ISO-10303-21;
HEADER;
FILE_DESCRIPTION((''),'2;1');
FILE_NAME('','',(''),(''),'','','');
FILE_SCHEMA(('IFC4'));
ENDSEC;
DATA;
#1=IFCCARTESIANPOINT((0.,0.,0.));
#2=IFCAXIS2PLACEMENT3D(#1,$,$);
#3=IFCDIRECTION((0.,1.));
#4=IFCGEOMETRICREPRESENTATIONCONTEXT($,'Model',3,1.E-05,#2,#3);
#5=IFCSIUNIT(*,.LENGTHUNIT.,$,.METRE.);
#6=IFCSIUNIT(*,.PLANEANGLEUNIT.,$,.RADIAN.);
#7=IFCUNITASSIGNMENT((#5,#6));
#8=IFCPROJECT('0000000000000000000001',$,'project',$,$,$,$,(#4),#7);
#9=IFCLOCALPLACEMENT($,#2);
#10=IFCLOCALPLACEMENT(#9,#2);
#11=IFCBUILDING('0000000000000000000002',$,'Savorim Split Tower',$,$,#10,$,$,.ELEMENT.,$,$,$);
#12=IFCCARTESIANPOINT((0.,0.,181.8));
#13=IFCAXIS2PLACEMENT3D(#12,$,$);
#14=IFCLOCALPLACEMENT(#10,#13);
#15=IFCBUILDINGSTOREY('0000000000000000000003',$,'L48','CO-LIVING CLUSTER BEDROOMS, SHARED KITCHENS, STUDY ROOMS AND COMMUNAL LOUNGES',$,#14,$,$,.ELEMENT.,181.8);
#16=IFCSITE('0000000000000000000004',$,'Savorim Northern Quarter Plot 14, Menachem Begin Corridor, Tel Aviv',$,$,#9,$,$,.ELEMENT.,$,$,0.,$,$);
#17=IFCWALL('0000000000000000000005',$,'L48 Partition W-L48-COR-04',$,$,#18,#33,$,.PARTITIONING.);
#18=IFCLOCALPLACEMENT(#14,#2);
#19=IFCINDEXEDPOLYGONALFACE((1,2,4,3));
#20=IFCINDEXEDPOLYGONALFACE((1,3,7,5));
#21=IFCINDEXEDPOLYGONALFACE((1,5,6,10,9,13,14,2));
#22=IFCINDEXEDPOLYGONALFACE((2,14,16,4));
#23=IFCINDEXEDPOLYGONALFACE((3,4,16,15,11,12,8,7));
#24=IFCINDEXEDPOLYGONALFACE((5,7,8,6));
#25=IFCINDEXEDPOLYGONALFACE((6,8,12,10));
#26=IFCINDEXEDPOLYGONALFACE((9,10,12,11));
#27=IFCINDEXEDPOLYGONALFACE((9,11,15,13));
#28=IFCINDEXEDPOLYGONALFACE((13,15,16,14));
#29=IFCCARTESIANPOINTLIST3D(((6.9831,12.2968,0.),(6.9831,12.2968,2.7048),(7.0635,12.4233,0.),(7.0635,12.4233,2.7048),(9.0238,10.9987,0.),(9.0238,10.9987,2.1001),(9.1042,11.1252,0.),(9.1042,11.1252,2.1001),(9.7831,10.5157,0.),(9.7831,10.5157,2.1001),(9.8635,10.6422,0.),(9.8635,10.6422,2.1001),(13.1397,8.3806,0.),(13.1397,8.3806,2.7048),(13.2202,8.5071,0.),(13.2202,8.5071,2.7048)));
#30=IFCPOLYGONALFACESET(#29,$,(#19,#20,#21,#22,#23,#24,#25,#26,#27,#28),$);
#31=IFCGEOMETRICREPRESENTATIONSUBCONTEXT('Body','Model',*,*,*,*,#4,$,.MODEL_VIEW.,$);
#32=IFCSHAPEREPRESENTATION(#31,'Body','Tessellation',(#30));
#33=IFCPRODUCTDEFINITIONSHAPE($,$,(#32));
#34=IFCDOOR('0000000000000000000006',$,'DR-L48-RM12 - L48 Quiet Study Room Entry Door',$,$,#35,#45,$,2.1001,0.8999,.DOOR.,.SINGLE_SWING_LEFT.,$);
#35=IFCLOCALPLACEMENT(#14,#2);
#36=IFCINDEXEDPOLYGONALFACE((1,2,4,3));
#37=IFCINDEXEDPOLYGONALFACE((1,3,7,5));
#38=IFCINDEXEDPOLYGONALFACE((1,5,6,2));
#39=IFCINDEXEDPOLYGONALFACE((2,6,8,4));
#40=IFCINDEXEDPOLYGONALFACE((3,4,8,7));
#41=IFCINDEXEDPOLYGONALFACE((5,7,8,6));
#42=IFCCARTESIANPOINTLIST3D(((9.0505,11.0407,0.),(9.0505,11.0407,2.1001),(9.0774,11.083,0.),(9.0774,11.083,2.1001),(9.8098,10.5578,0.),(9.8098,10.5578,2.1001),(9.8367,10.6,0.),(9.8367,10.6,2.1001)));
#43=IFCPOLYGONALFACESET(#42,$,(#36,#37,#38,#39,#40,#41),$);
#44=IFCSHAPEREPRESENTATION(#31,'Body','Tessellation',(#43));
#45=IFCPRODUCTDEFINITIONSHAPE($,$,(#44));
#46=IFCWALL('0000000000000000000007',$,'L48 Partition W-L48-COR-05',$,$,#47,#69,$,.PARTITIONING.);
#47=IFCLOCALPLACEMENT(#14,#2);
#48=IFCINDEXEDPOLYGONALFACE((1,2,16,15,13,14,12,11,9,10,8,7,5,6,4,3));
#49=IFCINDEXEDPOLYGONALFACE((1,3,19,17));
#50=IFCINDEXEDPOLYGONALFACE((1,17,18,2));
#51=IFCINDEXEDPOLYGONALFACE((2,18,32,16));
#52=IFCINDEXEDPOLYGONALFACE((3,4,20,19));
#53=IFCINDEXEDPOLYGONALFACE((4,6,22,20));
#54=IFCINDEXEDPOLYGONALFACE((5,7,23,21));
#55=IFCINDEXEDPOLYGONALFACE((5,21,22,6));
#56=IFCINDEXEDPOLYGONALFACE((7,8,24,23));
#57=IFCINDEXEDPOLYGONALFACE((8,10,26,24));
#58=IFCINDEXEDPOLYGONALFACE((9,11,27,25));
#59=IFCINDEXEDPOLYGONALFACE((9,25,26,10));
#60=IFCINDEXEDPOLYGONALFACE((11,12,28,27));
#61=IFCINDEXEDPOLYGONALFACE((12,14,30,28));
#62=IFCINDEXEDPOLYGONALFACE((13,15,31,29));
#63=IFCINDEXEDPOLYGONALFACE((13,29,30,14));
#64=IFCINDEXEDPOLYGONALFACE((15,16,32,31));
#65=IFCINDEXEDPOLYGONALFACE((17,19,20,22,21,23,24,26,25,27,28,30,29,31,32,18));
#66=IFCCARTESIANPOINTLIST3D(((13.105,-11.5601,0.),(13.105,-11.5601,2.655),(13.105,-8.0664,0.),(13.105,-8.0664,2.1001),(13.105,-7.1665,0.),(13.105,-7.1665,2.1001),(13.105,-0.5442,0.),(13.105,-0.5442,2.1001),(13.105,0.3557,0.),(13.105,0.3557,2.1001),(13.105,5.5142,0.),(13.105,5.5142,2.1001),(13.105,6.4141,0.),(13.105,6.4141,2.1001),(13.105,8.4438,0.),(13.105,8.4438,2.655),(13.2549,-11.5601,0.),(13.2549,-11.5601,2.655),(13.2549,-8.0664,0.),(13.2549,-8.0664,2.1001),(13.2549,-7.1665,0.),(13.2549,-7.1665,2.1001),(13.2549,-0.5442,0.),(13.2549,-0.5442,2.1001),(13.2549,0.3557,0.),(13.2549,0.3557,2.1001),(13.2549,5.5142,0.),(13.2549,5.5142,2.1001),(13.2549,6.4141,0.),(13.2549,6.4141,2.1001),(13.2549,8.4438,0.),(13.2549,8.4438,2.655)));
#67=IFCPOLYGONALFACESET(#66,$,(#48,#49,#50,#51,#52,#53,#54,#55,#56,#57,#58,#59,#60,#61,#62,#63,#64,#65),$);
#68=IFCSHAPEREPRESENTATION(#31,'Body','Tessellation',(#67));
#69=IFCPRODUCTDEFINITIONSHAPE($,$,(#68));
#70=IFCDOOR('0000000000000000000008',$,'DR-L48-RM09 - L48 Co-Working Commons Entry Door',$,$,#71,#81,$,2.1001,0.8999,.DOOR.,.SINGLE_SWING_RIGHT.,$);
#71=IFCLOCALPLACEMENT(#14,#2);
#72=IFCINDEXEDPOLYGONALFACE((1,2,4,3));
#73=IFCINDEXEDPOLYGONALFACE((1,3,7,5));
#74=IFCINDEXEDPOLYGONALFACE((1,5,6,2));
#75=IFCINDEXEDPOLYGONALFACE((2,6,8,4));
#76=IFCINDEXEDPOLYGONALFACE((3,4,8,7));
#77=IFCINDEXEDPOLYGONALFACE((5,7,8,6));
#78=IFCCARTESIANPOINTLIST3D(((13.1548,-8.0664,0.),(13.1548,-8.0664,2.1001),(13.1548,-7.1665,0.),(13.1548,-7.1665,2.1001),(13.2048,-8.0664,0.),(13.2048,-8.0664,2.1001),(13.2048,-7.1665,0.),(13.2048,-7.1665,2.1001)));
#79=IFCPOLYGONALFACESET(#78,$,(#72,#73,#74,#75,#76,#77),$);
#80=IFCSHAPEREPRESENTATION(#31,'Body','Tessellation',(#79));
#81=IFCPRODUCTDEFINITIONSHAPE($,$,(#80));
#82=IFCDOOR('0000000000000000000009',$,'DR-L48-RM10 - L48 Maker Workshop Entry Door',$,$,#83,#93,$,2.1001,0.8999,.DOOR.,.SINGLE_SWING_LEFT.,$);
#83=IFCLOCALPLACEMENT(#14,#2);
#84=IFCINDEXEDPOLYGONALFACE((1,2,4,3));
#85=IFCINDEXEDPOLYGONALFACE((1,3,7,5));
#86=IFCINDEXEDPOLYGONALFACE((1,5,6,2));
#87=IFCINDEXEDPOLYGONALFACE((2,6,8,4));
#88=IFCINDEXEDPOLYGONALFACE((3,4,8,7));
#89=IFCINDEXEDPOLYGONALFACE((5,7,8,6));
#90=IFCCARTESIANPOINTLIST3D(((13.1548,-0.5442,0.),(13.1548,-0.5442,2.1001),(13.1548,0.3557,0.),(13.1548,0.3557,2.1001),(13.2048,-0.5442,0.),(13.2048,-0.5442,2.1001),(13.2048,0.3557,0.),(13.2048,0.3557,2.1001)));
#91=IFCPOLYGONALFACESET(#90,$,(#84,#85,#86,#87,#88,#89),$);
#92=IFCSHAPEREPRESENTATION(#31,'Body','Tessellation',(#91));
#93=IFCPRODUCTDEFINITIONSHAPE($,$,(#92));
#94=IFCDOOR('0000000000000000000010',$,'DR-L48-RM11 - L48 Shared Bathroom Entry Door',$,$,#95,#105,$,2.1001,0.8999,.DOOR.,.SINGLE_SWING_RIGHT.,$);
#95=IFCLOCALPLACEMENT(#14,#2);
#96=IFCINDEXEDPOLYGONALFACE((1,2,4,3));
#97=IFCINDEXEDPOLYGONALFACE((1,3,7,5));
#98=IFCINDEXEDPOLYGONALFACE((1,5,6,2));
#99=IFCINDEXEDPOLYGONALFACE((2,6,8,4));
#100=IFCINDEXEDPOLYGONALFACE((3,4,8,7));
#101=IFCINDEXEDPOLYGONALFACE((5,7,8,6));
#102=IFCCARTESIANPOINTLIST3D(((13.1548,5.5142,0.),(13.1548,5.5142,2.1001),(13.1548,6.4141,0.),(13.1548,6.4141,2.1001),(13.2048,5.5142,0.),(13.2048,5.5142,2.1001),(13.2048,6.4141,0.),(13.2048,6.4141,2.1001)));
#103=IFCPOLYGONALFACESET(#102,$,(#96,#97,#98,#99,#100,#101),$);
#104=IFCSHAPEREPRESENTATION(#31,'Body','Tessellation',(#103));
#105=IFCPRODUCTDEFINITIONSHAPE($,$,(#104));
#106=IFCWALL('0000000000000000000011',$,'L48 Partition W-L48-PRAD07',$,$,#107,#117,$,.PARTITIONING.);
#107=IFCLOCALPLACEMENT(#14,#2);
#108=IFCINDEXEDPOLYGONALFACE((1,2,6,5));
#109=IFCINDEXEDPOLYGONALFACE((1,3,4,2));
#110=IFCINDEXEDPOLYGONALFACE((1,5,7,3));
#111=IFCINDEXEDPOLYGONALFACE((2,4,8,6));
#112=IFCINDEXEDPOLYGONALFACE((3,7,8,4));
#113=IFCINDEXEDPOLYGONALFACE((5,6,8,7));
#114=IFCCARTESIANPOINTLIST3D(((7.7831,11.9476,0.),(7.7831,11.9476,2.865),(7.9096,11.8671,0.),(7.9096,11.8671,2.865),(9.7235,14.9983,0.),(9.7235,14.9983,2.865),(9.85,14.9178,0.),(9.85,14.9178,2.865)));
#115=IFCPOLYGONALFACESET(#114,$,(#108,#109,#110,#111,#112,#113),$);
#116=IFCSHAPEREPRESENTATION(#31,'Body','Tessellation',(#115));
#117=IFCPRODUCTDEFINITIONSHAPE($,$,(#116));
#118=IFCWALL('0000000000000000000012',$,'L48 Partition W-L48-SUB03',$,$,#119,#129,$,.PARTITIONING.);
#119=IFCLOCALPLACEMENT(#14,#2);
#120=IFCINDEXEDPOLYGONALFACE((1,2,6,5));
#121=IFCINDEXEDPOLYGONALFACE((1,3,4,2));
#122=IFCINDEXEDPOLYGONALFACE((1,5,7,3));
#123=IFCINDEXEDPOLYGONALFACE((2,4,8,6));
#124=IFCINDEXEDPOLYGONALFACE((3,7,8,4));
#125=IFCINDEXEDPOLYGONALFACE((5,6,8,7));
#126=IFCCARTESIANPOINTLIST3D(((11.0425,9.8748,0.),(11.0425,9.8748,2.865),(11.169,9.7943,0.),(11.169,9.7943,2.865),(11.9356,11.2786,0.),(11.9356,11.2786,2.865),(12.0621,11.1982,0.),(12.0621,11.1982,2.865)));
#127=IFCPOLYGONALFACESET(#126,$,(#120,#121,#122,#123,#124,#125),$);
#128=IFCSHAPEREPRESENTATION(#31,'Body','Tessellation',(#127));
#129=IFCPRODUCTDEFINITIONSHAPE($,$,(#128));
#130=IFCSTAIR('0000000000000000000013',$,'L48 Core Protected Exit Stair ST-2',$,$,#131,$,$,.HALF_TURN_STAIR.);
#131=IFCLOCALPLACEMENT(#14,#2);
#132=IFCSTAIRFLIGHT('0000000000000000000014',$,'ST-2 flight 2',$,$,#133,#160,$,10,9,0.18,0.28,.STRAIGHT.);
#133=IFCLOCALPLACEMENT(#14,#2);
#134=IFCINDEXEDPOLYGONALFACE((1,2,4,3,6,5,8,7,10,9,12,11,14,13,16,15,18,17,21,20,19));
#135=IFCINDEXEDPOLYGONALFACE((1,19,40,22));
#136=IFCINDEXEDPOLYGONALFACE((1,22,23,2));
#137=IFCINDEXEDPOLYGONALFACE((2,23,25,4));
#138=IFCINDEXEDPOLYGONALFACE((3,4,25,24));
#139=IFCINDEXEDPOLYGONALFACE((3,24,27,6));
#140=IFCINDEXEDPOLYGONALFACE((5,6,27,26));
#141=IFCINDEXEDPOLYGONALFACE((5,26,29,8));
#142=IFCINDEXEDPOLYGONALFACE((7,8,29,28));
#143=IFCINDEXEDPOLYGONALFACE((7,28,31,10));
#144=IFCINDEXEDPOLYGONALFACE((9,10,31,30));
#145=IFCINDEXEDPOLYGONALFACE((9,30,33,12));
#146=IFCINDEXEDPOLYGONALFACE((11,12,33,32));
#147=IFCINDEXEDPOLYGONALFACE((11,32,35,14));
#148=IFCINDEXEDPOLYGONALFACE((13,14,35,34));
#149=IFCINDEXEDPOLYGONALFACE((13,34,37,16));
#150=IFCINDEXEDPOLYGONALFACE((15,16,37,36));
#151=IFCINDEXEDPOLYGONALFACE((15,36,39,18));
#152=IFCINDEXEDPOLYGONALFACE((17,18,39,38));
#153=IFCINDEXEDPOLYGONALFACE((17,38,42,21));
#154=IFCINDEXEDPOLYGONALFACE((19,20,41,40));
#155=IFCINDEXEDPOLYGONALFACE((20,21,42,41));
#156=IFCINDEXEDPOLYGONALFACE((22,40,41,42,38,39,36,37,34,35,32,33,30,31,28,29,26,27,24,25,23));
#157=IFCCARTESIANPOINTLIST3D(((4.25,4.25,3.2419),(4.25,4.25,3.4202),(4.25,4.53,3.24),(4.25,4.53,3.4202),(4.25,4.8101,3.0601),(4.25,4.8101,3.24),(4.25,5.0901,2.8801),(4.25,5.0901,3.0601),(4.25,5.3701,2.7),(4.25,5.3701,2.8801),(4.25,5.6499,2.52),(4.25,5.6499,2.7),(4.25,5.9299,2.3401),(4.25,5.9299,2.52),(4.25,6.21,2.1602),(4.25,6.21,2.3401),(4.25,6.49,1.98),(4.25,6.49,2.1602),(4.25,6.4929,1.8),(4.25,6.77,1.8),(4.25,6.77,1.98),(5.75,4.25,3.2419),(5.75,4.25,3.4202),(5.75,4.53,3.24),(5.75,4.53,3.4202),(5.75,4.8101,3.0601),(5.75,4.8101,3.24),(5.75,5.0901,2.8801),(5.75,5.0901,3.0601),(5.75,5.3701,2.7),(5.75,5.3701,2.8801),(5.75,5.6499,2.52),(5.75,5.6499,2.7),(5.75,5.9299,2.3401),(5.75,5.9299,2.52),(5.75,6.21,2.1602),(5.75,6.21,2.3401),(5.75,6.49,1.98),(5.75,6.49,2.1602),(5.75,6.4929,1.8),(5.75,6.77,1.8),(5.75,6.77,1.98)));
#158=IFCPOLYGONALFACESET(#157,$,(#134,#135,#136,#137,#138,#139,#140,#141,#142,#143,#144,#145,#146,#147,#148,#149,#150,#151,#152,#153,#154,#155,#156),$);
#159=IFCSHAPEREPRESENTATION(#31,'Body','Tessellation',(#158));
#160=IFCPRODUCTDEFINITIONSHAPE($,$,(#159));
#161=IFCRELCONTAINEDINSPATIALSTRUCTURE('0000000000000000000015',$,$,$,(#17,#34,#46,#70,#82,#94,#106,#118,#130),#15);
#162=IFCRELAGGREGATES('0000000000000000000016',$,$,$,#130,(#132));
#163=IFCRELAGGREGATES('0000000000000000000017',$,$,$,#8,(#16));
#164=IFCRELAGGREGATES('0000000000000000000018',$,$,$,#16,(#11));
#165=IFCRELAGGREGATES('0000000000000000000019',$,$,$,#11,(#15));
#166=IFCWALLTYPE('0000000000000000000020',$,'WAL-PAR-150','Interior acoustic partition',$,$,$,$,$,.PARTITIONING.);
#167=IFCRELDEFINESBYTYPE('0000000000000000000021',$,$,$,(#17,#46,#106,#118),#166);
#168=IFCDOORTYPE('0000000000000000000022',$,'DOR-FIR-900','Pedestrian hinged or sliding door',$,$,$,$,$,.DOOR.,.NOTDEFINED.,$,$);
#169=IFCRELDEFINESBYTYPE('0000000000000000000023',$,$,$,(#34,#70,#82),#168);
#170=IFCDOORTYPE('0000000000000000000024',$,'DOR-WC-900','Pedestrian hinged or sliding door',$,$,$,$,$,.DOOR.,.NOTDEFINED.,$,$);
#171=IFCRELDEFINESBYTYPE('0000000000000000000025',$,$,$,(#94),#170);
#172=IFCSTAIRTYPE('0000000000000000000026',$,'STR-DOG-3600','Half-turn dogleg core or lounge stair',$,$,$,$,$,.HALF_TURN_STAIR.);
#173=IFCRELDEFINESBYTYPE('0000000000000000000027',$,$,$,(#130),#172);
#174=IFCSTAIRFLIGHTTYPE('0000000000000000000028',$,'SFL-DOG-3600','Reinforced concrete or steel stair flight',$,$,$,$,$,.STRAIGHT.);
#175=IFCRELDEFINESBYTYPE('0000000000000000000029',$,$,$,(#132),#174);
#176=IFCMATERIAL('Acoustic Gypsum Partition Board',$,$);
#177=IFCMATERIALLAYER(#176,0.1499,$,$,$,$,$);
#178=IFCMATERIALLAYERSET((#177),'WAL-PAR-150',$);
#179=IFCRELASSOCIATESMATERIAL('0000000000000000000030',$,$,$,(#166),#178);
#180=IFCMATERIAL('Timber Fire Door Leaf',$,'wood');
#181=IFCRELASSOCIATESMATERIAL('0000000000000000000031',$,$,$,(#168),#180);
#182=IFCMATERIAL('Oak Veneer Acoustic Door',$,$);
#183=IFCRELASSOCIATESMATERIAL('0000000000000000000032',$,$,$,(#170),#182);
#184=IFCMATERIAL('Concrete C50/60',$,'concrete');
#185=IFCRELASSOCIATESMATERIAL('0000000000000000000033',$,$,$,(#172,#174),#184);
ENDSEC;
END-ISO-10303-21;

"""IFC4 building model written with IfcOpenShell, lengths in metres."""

from ifc_helpers import new_model, si_unit, direction, frame, frame_2d, origin, place, context, subcontext, project, spatial, polyline, rectangle, outline, extrude, material, layer, layer_set, type_object, element, fill, aggregate, save


model = new_model("IFC4")

# Units and contexts
model_context = context("Model", 3, precision=1e-05, world=origin(), true_north=direction((0.0, 1.0)))
body_context = subcontext(model_context, "Body", "Model", "MODEL_VIEW")
ifc_project = project(units=[si_unit("LENGTHUNIT", "METRE"), si_unit("PLANEANGLEUNIT", "RADIAN")], contexts=[model_context])

# Site, building, storey
site_placement = place(None, origin())
site = spatial("IfcSite", under=ifc_project, at=site_placement, Name="Savorim Northern Quarter Plot 14, Menachem Begin Corridor, Tel Aviv", CompositionType="ELEMENT", RefElevation=0.0)
building_placement = place(site_placement, origin())
building = spatial("IfcBuilding", under=site, at=building_placement, Name="Savorim Split Tower", CompositionType="ELEMENT")
storey_placement = place(building_placement, frame((0.0, 0.0, 181.8)))
storey = spatial("IfcBuildingStorey", under=building, at=storey_placement, Name="L48", Description="CO-LIVING CLUSTER BEDROOMS, SHARED KITCHENS, STUDY ROOMS AND COMMUNAL LOUNGES", CompositionType="ELEMENT", Elevation=181.8)

# Shared definitions
ifc_material_1 = material(Name="Timber Fire Door Leaf", Category="wood")

# Wall, opening, door
ifc_material_2 = material(Name="Acoustic Gypsum Partition Board")
ifc_layer_1 = layer(ifc_material_2, 0.1499)
ifc_layer_set_1 = layer_set([ifc_layer_1], Name="WAL-PAR-150")
wall_type_1 = type_object("IfcWallType", Name="WAL-PAR-150", Description="Interior acoustic partition", PredefinedType="PARTITIONING", material=ifc_layer_set_1)
wall_1_placement = place(storey_placement, frame((7.0232, 12.3601, 0.0), z_axis=(0.0, 0.0, 1.0), x_axis=(0.843765, -0.536713, 0.0)))
wall_1 = element("IfcWall", 1, at=wall_1_placement, inside=storey, type_object=wall_type_1, Name="L48 Partition W-L48-COR-04", PredefinedType="PARTITIONING", context=body_context, shape_type="SweptSolid", body=[
    extrude(rectangle(XDim=7.2966, YDim=0.1499, at=frame_2d((3.6484, 0.0))), origin(), (0.0, 0.0, 1.0), 2.7048),
])
opening_1_placement = place(wall_1_placement, frame((2.4187, 0.0, 0.0)))
opening_1 = element("IfcOpeningElement", 2, at=opening_1_placement, cuts=wall_1, PredefinedType="OPENING", context=body_context, shape_type="SweptSolid", body=[
    extrude(rectangle(XDim=0.8999, YDim=2.1001, at=frame_2d((0.45, 1.05))), frame((0.0, 0.085, 0.0), z_axis=(0.0, -1.0, 0.0), x_axis=(1.0, 0.0, 0.0)), (0.0, 0.0, 1.0), 0.1699),
])
door_type_1 = type_object("IfcDoorType", Name="DOR-FIR-900", Description="Pedestrian hinged or sliding door", OperationType="NOTDEFINED", PredefinedType="DOOR", material=ifc_material_1)
door_1_placement = place(opening_1_placement, origin())
door_1 = element("IfcDoor", 3, at=door_1_placement, inside=storey, type_object=door_type_1, Name="DR-L48-RM12 - L48 Quiet Study Room Entry Door", OperationType="SINGLE_SWING_LEFT", OverallHeight=2.1001, OverallWidth=0.8999, PredefinedType="DOOR", context=body_context, shape_type="SweptSolid", body=[
    extrude(rectangle(XDim=0.8999, YDim=2.1001, at=frame_2d((0.45, 1.05))), frame((0.0, 0.0249, 0.0), z_axis=(0.0, -1.0, 0.0), x_axis=(1.0, 0.0, 0.0)), (0.0, 0.0, 1.0), 0.05),
])
fill(opening_1, door_1)

# Wall, openings, doors
wall_2_placement = place(storey_placement, frame((13.1799, 8.4438, 0.0), z_axis=(0.0, 0.0, 1.0), x_axis=(0.0, -1.0, 0.0)))
wall_2 = element("IfcWall", 4, at=wall_2_placement, inside=storey, type_object=wall_type_1, Name="L48 Partition W-L48-COR-05", PredefinedType="PARTITIONING", context=body_context, shape_type="SweptSolid", body=[
    extrude(rectangle(XDim=20.0039, YDim=0.1499, at=frame_2d((10.002, 0.0))), origin(), (0.0, 0.0, 1.0), 2.655),
])
opening_2_placement = place(wall_2_placement, frame((15.6104, 0.0, 0.0)))
opening_2 = element("IfcOpeningElement", 5, at=opening_2_placement, cuts=wall_2, PredefinedType="OPENING", context=body_context, shape_type="SweptSolid", body=[
    extrude(rectangle(XDim=0.8999, YDim=2.1001, at=frame_2d((0.45, 1.05))), frame((0.0, 0.085, 0.0), z_axis=(0.0, -1.0, 0.0), x_axis=(1.0, 0.0, 0.0)), (0.0, 0.0, 1.0), 0.1699),
])
opening_3_placement = place(wall_2_placement, frame((8.0881, 0.0, 0.0)))
opening_3 = element("IfcOpeningElement", 6, at=opening_3_placement, cuts=wall_2, PredefinedType="OPENING", context=body_context, shape_type="SweptSolid", body=[
    extrude(rectangle(XDim=0.8999, YDim=2.1001, at=frame_2d((0.45, 1.05))), frame((0.0, 0.085, 0.0), z_axis=(0.0, -1.0, 0.0), x_axis=(1.0, 0.0, 0.0)), (0.0, 0.0, 1.0), 0.1699),
])
opening_4_placement = place(wall_2_placement, frame((2.0298, 0.0, 0.0)))
opening_4 = element("IfcOpeningElement", 7, at=opening_4_placement, cuts=wall_2, PredefinedType="OPENING", context=body_context, shape_type="SweptSolid", body=[
    extrude(rectangle(XDim=0.8999, YDim=2.1001, at=frame_2d((0.45, 1.05))), frame((0.0, 0.085, 0.0), z_axis=(0.0, -1.0, 0.0), x_axis=(1.0, 0.0, 0.0)), (0.0, 0.0, 1.0), 0.1699),
])
door_2_placement = place(opening_2_placement, origin())
door_2 = element("IfcDoor", 8, at=door_2_placement, inside=storey, type_object=door_type_1, Name="DR-L48-RM09 - L48 Co-Working Commons Entry Door", OperationType="SINGLE_SWING_RIGHT", OverallHeight=2.1001, OverallWidth=0.8999, PredefinedType="DOOR", context=body_context, shape_type="SweptSolid", body=[
    extrude(rectangle(XDim=0.8999, YDim=2.1001, at=frame_2d((0.45, 1.05))), frame((0.0, 0.0249, 0.0), z_axis=(0.0, -1.0, 0.0), x_axis=(1.0, 0.0, 0.0)), (0.0, 0.0, 1.0), 0.05),
])
fill(opening_2, door_2)
door_3_placement = place(opening_3_placement, origin())
door_3 = element("IfcDoor", 9, at=door_3_placement, inside=storey, type_object=door_type_1, Name="DR-L48-RM10 - L48 Maker Workshop Entry Door", OperationType="SINGLE_SWING_LEFT", OverallHeight=2.1001, OverallWidth=0.8999, PredefinedType="DOOR", context=body_context, shape_type="SweptSolid", body=[
    extrude(rectangle(XDim=0.8999, YDim=2.1001, at=frame_2d((0.45, 1.05))), frame((0.0, 0.0249, 0.0), z_axis=(0.0, -1.0, 0.0), x_axis=(1.0, 0.0, 0.0)), (0.0, 0.0, 1.0), 0.05),
])
fill(opening_3, door_3)
ifc_material_3 = material(Name="Oak Veneer Acoustic Door")
door_type_2 = type_object("IfcDoorType", Name="DOR-WC-900", Description="Pedestrian hinged or sliding door", OperationType="NOTDEFINED", PredefinedType="DOOR", material=ifc_material_3)
door_4_placement = place(opening_4_placement, origin())
door_4 = element("IfcDoor", 10, at=door_4_placement, inside=storey, type_object=door_type_2, Name="DR-L48-RM11 - L48 Shared Bathroom Entry Door", OperationType="SINGLE_SWING_RIGHT", OverallHeight=2.1001, OverallWidth=0.8999, PredefinedType="DOOR", context=body_context, shape_type="SweptSolid", body=[
    extrude(rectangle(XDim=0.8999, YDim=2.1001, at=frame_2d((0.45, 1.05))), frame((0.0, 0.0249, 0.0), z_axis=(0.0, -1.0, 0.0), x_axis=(1.0, 0.0, 0.0)), (0.0, 0.0, 1.0), 0.05),
])
fill(opening_4, door_4)

# Walls
wall_3_placement = place(storey_placement, frame((7.8464, 11.9075, 0.0), z_axis=(0.0, 0.0, 1.0), x_axis=(0.536683, 0.843784, 0.0)))
element("IfcWall", 11, at=wall_3_placement, inside=storey, type_object=wall_type_1, Name="L48 Partition W-L48-PRAD07", PredefinedType="PARTITIONING", context=body_context, shape_type="SweptSolid", body=[
    extrude(rectangle(XDim=3.6155, YDim=0.1499, at=frame_2d((1.8076, 0.0))), origin(), (0.0, 0.0, 1.0), 2.865),
])
wall_4_placement = place(storey_placement, frame((11.1057, 9.8345, 0.0), z_axis=(0.0, 0.0, 1.0), x_axis=(0.536762, 0.843734, 0.0)))
element("IfcWall", 12, at=wall_4_placement, inside=storey, type_object=wall_type_1, Name="L48 Partition W-L48-SUB03", PredefinedType="PARTITIONING", context=body_context, shape_type="SweptSolid", body=[
    extrude(rectangle(XDim=1.6638, YDim=0.1499, at=frame_2d((0.832, 0.0))), origin(), (0.0, 0.0, 1.0), 2.865),
])

# Stair, stair flight
ifc_material_4 = material(Name="Concrete C50/60", Category="concrete")
stair_type = type_object("IfcStairType", Name="STR-DOG-3600", Description="Half-turn dogleg core or lounge stair", PredefinedType="HALF_TURN_STAIR", material=ifc_material_4)
stair_placement = place(storey_placement, origin())
stair = element("IfcStair", 13, at=stair_placement, inside=storey, type_object=stair_type, Name="L48 Core Protected Exit Stair ST-2", PredefinedType="HALF_TURN_STAIR")
stair_flight_type = type_object("IfcStairFlightType", Name="SFL-DOG-3600", Description="Reinforced concrete or steel stair flight", PredefinedType="STRAIGHT", material=ifc_material_4)
stair_flight_placement = place(storey_placement, frame((5.0, 6.77, 1.8), z_axis=(0.0, 0.0, 1.0), x_axis=(0.0, -1.0, 0.0)))
stair_flight = element("IfcStairFlight", 14, at=stair_flight_placement, type_object=stair_flight_type, Name="ST-2 flight 2", NumberOfRisers=10, NumberOfTreads=9, PredefinedType="STRAIGHT", RiserHeight=0.18, TreadLength=0.28, context=body_context, shape_type="SweptSolid", body=[
    extrude(outline(polyline([(0.0, 0.0), (0.0, 0.1799), (0.28, 0.1799), (0.28, 0.3601), (0.5601, 0.3601), (0.5601, 0.54), (0.8401, 0.54), (0.8401, 0.72), (1.1201, 0.72), (1.1201, 0.8999), (1.3999, 0.8999), (1.3999, 1.0801), (1.6799, 1.0801), (1.6799, 1.26), (1.96, 1.26), (1.96, 1.4399), (2.24, 1.4399), (2.24, 1.6201), (2.52, 1.6201), (2.52, 1.8), (2.52, 1.4419), (0.2771, 0.0), (0.0, 0.0)])), frame((0.0, 0.75, 0.0), z_axis=(0.0, -1.0, 0.0), x_axis=(1.0, 0.0, 0.0)), (0.0, 0.0, 1.0), 1.5),
])
aggregate(stair, [stair_flight])

save(model, "model.ifc")
